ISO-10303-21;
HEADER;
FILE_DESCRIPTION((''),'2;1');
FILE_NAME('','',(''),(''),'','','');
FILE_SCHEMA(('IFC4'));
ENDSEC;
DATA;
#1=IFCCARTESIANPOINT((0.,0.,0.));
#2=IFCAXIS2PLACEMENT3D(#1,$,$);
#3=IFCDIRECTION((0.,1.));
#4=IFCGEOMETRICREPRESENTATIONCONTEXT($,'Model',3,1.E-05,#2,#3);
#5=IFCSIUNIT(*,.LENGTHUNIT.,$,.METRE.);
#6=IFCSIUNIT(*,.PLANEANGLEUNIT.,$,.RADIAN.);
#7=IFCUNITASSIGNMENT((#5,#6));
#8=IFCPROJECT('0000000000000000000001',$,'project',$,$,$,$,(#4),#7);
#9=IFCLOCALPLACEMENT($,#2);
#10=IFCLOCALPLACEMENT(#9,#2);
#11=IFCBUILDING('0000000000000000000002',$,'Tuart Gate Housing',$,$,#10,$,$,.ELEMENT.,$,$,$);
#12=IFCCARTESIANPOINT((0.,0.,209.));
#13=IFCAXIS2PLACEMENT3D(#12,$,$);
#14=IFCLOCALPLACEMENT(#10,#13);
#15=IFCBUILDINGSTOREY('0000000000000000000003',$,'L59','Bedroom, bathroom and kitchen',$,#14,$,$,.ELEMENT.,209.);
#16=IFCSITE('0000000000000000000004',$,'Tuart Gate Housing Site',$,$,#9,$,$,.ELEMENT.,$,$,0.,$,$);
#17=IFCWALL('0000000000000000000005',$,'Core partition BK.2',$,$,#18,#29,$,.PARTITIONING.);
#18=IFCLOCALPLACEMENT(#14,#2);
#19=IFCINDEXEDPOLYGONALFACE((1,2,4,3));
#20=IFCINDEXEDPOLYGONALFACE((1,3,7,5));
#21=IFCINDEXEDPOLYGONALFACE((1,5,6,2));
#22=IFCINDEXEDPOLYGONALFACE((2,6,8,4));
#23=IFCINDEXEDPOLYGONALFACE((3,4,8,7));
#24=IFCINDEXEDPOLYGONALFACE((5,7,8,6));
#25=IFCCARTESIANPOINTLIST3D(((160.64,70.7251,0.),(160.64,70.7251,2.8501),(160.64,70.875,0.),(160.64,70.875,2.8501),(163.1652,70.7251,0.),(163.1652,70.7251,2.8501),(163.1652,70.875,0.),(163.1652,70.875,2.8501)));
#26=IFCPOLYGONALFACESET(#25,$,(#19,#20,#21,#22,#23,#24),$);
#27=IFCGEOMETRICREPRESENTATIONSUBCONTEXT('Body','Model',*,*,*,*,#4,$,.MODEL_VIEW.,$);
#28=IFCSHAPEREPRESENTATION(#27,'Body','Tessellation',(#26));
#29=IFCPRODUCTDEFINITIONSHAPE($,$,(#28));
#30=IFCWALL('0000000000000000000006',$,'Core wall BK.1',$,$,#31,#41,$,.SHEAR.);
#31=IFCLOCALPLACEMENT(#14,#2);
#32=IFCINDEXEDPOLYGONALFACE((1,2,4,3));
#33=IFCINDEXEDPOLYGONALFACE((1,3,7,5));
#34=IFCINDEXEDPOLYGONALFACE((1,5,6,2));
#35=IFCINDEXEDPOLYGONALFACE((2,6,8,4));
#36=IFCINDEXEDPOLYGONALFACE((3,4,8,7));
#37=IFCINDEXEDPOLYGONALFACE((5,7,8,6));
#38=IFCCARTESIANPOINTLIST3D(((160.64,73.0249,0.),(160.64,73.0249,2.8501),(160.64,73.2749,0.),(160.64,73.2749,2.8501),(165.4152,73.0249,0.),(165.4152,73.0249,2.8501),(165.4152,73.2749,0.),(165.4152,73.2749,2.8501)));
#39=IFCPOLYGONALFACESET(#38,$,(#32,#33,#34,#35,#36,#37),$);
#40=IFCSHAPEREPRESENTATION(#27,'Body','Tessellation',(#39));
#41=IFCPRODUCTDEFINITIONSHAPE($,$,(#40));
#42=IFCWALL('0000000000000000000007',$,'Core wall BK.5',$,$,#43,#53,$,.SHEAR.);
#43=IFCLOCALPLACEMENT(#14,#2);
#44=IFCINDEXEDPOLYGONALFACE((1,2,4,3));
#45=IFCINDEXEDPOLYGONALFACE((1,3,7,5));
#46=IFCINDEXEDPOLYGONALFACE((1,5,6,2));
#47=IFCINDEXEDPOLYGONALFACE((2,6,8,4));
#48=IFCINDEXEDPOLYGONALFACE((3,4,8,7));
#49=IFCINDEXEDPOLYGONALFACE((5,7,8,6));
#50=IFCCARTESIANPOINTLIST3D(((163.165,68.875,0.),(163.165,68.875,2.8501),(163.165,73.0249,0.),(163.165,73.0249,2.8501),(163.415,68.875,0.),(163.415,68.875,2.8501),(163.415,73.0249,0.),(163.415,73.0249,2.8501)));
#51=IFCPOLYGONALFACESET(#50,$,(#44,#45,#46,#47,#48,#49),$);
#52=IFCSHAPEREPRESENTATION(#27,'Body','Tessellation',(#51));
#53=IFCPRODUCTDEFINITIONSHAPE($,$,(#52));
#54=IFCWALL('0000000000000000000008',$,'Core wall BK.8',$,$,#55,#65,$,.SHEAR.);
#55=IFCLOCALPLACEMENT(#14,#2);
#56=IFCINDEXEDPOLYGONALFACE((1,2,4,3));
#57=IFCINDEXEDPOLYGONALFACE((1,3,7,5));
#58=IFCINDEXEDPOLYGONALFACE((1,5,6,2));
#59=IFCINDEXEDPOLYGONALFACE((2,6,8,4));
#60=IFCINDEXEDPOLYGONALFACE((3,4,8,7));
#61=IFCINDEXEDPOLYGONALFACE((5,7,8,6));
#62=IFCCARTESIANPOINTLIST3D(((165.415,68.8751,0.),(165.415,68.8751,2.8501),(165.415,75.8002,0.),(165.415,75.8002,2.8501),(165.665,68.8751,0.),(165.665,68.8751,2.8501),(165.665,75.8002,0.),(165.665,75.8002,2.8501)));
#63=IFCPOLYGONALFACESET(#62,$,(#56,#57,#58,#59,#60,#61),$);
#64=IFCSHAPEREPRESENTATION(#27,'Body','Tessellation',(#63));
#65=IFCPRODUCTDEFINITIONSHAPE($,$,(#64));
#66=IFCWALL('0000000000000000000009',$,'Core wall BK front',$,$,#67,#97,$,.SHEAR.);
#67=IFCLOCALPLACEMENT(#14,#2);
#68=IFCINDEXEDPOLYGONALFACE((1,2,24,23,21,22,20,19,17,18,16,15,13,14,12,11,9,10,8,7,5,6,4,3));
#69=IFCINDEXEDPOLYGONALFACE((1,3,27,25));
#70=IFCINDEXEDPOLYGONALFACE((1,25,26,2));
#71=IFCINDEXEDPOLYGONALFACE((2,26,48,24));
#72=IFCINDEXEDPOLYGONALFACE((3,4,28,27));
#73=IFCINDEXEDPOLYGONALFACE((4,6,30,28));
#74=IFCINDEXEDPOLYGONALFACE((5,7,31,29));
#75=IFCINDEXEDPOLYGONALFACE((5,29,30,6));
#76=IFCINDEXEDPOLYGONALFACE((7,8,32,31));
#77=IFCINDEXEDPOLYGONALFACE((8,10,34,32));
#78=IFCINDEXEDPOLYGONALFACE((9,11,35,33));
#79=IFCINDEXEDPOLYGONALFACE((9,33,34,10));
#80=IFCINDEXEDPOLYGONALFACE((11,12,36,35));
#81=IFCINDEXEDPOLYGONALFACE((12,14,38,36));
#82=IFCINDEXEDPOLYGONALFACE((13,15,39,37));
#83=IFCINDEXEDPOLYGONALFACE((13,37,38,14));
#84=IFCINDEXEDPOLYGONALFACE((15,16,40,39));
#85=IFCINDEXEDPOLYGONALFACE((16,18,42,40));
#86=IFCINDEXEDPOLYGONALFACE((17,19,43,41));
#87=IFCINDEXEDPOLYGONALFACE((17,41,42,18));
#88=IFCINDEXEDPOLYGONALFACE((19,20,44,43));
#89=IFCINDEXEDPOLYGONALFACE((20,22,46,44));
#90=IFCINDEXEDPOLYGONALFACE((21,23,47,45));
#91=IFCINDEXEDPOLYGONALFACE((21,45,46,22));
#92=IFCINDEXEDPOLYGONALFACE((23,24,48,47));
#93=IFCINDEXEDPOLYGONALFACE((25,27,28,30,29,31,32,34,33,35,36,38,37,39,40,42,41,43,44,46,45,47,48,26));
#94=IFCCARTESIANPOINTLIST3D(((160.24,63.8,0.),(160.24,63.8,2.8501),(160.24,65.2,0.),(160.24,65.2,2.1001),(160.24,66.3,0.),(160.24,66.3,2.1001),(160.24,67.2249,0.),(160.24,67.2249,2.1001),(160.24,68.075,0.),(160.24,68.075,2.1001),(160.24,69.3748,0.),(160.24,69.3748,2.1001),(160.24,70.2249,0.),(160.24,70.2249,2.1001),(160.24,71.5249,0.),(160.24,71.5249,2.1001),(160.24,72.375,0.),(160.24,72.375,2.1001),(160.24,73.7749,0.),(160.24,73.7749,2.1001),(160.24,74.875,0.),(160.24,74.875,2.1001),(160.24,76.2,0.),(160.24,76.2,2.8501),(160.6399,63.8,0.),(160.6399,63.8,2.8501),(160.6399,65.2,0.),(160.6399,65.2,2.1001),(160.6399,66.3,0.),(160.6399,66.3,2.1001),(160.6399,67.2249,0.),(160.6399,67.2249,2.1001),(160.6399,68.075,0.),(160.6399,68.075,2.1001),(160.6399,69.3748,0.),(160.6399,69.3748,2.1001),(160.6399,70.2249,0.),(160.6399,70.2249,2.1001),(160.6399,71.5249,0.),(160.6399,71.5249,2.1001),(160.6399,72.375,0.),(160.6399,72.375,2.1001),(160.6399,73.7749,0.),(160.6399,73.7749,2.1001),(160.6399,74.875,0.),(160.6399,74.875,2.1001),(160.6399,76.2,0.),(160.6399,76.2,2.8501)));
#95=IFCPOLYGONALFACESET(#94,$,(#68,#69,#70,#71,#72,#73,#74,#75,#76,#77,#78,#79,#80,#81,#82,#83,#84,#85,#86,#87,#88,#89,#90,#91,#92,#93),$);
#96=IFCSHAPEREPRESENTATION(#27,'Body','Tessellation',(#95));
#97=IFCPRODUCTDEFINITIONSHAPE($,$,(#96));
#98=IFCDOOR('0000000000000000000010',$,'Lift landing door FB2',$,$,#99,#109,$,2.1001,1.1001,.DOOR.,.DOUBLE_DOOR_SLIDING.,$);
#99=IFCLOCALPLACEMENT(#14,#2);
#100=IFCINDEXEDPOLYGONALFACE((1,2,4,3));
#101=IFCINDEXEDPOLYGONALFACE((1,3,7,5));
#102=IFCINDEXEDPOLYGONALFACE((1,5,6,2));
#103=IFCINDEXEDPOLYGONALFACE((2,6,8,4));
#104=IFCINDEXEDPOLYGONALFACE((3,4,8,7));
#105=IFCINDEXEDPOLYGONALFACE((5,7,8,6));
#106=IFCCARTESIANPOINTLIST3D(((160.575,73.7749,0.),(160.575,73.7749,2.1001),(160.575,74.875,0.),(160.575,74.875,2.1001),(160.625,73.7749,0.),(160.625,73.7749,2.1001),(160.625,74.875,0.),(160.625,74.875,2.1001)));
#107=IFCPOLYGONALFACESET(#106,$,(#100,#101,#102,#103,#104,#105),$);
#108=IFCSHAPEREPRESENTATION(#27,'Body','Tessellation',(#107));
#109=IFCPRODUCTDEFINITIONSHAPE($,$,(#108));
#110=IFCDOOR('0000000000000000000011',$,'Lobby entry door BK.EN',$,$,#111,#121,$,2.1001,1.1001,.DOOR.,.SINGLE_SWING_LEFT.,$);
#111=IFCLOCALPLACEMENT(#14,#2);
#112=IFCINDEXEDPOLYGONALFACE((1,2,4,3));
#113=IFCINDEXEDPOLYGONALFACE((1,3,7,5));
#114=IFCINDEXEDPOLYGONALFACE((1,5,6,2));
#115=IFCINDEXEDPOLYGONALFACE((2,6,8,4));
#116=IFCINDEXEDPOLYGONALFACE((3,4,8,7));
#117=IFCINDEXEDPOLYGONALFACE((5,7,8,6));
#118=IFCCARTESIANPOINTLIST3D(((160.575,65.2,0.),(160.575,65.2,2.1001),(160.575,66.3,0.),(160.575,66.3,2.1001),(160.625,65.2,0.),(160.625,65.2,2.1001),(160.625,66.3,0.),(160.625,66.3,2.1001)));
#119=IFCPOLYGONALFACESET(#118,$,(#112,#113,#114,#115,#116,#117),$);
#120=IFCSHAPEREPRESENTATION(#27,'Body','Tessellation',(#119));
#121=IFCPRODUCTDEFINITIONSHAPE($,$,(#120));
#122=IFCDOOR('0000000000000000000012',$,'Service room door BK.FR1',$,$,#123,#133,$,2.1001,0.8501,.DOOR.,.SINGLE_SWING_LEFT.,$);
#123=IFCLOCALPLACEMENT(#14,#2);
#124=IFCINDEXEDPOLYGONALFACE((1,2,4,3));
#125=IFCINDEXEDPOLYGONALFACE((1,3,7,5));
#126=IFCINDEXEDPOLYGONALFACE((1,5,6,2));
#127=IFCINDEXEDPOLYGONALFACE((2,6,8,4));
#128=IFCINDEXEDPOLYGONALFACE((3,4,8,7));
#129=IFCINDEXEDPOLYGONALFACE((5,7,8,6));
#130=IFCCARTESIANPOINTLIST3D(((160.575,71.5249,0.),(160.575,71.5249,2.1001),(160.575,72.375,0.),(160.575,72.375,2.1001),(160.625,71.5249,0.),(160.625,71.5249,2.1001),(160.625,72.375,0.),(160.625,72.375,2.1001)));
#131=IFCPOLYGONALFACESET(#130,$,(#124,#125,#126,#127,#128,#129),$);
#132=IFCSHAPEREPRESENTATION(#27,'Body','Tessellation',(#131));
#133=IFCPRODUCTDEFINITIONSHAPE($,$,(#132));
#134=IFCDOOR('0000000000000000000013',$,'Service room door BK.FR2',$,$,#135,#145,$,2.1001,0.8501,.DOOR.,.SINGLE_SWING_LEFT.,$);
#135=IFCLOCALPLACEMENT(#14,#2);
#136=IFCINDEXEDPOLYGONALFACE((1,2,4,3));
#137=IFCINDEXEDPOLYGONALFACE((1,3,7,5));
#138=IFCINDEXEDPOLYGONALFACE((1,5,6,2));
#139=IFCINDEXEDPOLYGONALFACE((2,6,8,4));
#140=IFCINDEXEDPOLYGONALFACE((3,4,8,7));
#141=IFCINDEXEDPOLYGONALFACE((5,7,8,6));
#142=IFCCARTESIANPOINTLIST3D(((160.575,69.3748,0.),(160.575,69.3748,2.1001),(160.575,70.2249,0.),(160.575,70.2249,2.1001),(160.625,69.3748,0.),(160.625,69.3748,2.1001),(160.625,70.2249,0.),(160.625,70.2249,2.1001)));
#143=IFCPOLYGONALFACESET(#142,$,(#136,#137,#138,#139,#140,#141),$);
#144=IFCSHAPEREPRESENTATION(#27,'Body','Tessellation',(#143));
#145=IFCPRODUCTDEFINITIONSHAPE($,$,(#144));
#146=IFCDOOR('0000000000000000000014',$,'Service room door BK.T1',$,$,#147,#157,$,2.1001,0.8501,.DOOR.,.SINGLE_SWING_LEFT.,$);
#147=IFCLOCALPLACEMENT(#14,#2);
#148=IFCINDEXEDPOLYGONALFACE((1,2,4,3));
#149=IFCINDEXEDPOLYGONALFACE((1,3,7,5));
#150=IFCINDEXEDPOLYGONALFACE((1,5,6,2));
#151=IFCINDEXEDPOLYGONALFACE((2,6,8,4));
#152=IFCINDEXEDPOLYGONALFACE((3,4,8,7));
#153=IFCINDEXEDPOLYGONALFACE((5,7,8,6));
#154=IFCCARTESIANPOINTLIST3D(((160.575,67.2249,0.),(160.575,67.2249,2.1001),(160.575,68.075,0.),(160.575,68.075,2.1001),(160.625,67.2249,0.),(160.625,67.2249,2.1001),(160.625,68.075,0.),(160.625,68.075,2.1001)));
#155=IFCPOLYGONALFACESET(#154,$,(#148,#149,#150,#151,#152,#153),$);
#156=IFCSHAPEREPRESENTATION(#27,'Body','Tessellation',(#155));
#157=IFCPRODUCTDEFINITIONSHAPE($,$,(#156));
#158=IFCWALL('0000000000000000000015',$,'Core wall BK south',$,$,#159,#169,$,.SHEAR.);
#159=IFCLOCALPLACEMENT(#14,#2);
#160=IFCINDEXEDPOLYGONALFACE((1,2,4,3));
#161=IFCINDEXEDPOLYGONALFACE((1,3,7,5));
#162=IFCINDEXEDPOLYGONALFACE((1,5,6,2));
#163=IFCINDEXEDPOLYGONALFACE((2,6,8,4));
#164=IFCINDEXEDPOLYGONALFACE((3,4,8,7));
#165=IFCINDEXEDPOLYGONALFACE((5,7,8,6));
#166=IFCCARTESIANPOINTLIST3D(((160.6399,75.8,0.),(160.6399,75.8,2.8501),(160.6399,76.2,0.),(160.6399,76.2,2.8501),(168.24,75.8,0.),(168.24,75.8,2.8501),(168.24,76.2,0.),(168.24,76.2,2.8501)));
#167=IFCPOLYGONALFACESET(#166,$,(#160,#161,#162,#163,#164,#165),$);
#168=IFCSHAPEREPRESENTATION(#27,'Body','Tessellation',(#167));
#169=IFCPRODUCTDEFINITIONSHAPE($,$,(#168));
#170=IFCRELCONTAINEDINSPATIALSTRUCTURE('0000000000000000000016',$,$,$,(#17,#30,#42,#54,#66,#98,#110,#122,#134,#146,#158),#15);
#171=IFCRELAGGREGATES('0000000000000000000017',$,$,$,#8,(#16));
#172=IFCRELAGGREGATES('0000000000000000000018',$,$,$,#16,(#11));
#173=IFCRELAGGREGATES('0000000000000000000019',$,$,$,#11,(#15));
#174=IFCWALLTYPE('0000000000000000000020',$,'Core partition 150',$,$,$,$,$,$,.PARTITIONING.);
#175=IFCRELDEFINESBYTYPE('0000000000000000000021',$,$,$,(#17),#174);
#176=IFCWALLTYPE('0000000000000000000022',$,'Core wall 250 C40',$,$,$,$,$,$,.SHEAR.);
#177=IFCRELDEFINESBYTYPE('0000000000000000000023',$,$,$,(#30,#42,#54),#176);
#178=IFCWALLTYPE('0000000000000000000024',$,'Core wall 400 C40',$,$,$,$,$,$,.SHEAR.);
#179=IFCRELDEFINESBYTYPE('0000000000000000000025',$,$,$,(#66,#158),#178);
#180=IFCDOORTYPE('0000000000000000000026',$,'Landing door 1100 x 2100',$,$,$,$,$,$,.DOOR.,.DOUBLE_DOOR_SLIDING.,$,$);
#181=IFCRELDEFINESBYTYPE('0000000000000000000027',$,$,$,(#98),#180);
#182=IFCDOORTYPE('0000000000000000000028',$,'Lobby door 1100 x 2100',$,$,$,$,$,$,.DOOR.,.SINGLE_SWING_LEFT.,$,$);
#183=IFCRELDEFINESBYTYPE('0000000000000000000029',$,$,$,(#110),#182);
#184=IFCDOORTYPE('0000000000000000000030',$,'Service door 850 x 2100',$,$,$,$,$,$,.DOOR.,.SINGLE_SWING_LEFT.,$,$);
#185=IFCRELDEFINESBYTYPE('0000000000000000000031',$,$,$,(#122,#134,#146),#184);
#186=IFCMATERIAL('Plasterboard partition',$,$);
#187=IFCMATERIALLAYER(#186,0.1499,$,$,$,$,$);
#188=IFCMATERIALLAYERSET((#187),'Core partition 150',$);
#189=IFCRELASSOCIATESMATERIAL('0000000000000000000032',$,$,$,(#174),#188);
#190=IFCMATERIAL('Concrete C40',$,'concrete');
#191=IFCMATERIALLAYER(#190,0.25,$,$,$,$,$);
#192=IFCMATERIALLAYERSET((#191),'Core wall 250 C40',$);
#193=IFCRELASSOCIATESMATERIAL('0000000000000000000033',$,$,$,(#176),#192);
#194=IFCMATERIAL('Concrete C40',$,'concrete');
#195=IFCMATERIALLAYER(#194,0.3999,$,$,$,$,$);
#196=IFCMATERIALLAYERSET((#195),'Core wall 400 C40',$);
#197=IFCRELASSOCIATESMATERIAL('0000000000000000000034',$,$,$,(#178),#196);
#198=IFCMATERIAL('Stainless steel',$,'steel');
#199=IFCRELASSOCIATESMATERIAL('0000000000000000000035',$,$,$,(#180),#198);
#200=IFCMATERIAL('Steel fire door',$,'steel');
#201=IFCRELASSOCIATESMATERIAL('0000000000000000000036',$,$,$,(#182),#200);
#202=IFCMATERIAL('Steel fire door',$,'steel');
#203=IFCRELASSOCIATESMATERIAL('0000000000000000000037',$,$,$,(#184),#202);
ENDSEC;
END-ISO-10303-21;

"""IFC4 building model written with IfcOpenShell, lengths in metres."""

from ifc_helpers import new_model, si_unit, direction, frame, frame_2d, origin, place, context, subcontext, project, spatial, rectangle, extrude, material, layer, layer_set, type_object, element, fill, save


model = new_model("IFC4")

# Units and contexts
model_context = context("Model", 3, precision=1e-05, world=origin(), true_north=direction((0.0, 1.0)))
body_context = subcontext(model_context, "Body", "Model", "MODEL_VIEW")
ifc_project = project(units=[si_unit("LENGTHUNIT", "METRE"), si_unit("PLANEANGLEUNIT", "RADIAN")], contexts=[model_context])

# Site, building, storey
site_placement = place(None, origin())
site = spatial("IfcSite", under=ifc_project, at=site_placement, Name="Tuart Gate Housing Site", CompositionType="ELEMENT", RefElevation=0.0)
building_placement = place(site_placement, origin())
building = spatial("IfcBuilding", under=site, at=building_placement, Name="Tuart Gate Housing", CompositionType="ELEMENT")
storey_placement = place(building_placement, frame((0.0, 0.0, 209.0)))
storey = spatial("IfcBuildingStorey", under=building, at=storey_placement, Name="L59", Description="Bedroom, bathroom and kitchen", CompositionType="ELEMENT", Elevation=209.0)

# Walls
ifc_material_1 = material(Name="Plasterboard partition")
ifc_layer_1 = layer(ifc_material_1, 0.1499)
ifc_layer_set_1 = layer_set([ifc_layer_1], Name="Core partition 150")
wall_type_1 = type_object("IfcWallType", Name="Core partition 150", PredefinedType="PARTITIONING", material=ifc_layer_set_1)
wall_1_placement = place(storey_placement, frame((160.6399, 70.8, 0.0), z_axis=(0.0, 0.0, 1.0), x_axis=(1.0, 0.0, 0.0)))
element("IfcWall", 1, at=wall_1_placement, inside=storey, type_object=wall_type_1, Name="Core partition BK.2", PredefinedType="PARTITIONING", context=body_context, shape_type="SweptSolid", body=[
    extrude(rectangle(XDim=2.5251, YDim=0.1499, at=frame_2d((1.2627, 0.0))), origin(), (0.0, 0.0, 1.0), 2.8501),
])
ifc_material_2 = material(Name="Concrete C40", Category="concrete")
ifc_layer_2 = layer(ifc_material_2, 0.25)
ifc_layer_set_2 = layer_set([ifc_layer_2], Name="Core wall 250 C40")
wall_type_2 = type_object("IfcWallType", Name="Core wall 250 C40", PredefinedType="SHEAR", material=ifc_layer_set_2)
wall_2_placement = place(storey_placement, frame((160.6399, 73.1499, 0.0), z_axis=(0.0, 0.0, 1.0), x_axis=(1.0, 0.0, 0.0)))
element("IfcWall", 2, at=wall_2_placement, inside=storey, type_object=wall_type_2, Name="Core wall BK.1", PredefinedType="SHEAR", context=body_context, shape_type="SweptSolid", body=[
    extrude(rectangle(XDim=4.7751, YDim=0.25, at=frame_2d((2.3877, 0.0))), origin(), (0.0, 0.0, 1.0), 2.8501),
])
wall_3_placement = place(storey_placement, frame((163.29, 73.0249, 0.0), z_axis=(0.0, 0.0, 1.0), x_axis=(0.0, -1.0, 0.0)))
element("IfcWall", 3, at=wall_3_placement, inside=storey, type_object=wall_type_2, Name="Core wall BK.5", PredefinedType="SHEAR", context=body_context, shape_type="SweptSolid", body=[
    extrude(rectangle(XDim=4.1499, YDim=0.25, at=frame_2d((2.075, 0.0))), origin(), (0.0, 0.0, 1.0), 2.8501),
])
wall_4_placement = place(storey_placement, frame((165.54, 75.8, 0.0), z_axis=(0.0, 0.0, 1.0), x_axis=(0.0, -1.0, 0.0)))
element("IfcWall", 4, at=wall_4_placement, inside=storey, type_object=wall_type_2, Name="Core wall BK.8", PredefinedType="SHEAR", context=body_context, shape_type="SweptSolid", body=[
    extrude(rectangle(XDim=6.925, YDim=0.25, at=frame_2d((3.4624, 0.0))), origin(), (0.0, 0.0, 1.0), 2.8501),
])

# Wall, openings, doors
ifc_material_3 = material(Name="Concrete C40", Category="concrete")
ifc_layer_3 = layer(ifc_material_3, 0.3999)
ifc_layer_set_3 = layer_set([ifc_layer_3], Name="Core wall 400 C40")
wall_type_3 = type_object("IfcWallType", Name="Core wall 400 C40", PredefinedType="SHEAR", material=ifc_layer_set_3)
wall_5_placement = place(storey_placement, frame((160.4399, 76.2, 0.0), z_axis=(0.0, 0.0, 1.0), x_axis=(0.0, -1.0, 0.0)))
wall_5 = element("IfcWall", 5, at=wall_5_placement, inside=storey, type_object=wall_type_3, Name="Core wall BK front", PredefinedType="SHEAR", context=body_context, shape_type="SweptSolid", body=[
    extrude(rectangle(XDim=12.3999, YDim=0.3999, at=frame_2d((6.2, 0.0))), origin(), (0.0, 0.0, 1.0), 2.8501),
])
opening_1_placement = place(wall_5_placement, frame((1.325, 0.0, 0.0)))
opening_1 = element("IfcOpeningElement", 6, at=opening_1_placement, cuts=wall_5, PredefinedType="OPENING", context=body_context, shape_type="SweptSolid", body=[
    extrude(rectangle(XDim=1.1001, YDim=2.1001, at=frame_2d((0.55, 1.05))), frame((0.0, 0.21, 0.0), z_axis=(0.0, -1.0, 0.0), x_axis=(1.0, 0.0, 0.0)), (0.0, 0.0, 1.0), 0.4199),
])
opening_2_placement = place(wall_5_placement, frame((3.825, 0.0, 0.0)))
opening_2 = element("IfcOpeningElement", 7, at=opening_2_placement, cuts=wall_5, PredefinedType="OPENING", context=body_context, shape_type="SweptSolid", body=[
    extrude(rectangle(XDim=0.8501, YDim=2.1001, at=frame_2d((0.425, 1.05))), frame((0.0, 0.21, 0.0), z_axis=(0.0, -1.0, 0.0), x_axis=(1.0, 0.0, 0.0)), (0.0, 0.0, 1.0), 0.4199),
])
opening_3_placement = place(wall_5_placement, frame((5.9751, 0.0, 0.0)))
opening_3 = element("IfcOpeningElement", 8, at=opening_3_placement, cuts=wall_5, PredefinedType="OPENING", context=body_context, shape_type="SweptSolid", body=[
    extrude(rectangle(XDim=0.8501, YDim=2.1001, at=frame_2d((0.425, 1.05))), frame((0.0, 0.21, 0.0), z_axis=(0.0, -1.0, 0.0), x_axis=(1.0, 0.0, 0.0)), (0.0, 0.0, 1.0), 0.4199),
])
opening_4_placement = place(wall_5_placement, frame((9.8999, 0.0, 0.0)))
opening_4 = element("IfcOpeningElement", 9, at=opening_4_placement, cuts=wall_5, PredefinedType="OPENING", context=body_context, shape_type="SweptSolid", body=[
    extrude(rectangle(XDim=1.1001, YDim=2.1001, at=frame_2d((0.55, 1.05))), frame((0.0, 0.21, 0.0), z_axis=(0.0, -1.0, 0.0), x_axis=(1.0, 0.0, 0.0)), (0.0, 0.0, 1.0), 0.4199),
])
opening_5_placement = place(wall_5_placement, frame((8.125, 0.0, 0.0)))
opening_5 = element("IfcOpeningElement", 10, at=opening_5_placement, cuts=wall_5, PredefinedType="OPENING", context=body_context, shape_type="SweptSolid", body=[
    extrude(rectangle(XDim=0.8501, YDim=2.1001, at=frame_2d((0.425, 1.05))), frame((0.0, 0.21, 0.0), z_axis=(0.0, -1.0, 0.0), x_axis=(1.0, 0.0, 0.0)), (0.0, 0.0, 1.0), 0.4199),
])
ifc_material_4 = material(Name="Stainless steel", Category="steel")
door_type_1 = type_object("IfcDoorType", Name="Landing door 1100 x 2100", OperationType="DOUBLE_DOOR_SLIDING", PredefinedType="DOOR", material=ifc_material_4)
door_1_placement = place(opening_1_placement, origin())
door_1 = element("IfcDoor", 11, at=door_1_placement, inside=storey, type_object=door_type_1, Name="Lift landing door FB2", OperationType="DOUBLE_DOOR_SLIDING", OverallHeight=2.1001, OverallWidth=1.1001, PredefinedType="DOOR", context=body_context, shape_type="SweptSolid", body=[
    extrude(rectangle(XDim=1.1001, YDim=2.1001, at=frame_2d((0.55, 1.05))), frame((0.0, 0.1851, 0.0), z_axis=(0.0, -1.0, 0.0), x_axis=(1.0, 0.0, 0.0)), (0.0, 0.0, 1.0), 0.05),
])
fill(opening_1, door_1)
ifc_material_5 = material(Name="Steel fire door", Category="steel")
door_type_2 = type_object("IfcDoorType", Name="Lobby door 1100 x 2100", OperationType="SINGLE_SWING_LEFT", PredefinedType="DOOR", material=ifc_material_5)
door_2_placement = place(opening_4_placement, origin())
door_2 = element("IfcDoor", 12, at=door_2_placement, inside=storey, type_object=door_type_2, Name="Lobby entry door BK.EN", OperationType="SINGLE_SWING_LEFT", OverallHeight=2.1001, OverallWidth=1.1001, PredefinedType="DOOR", context=body_context, shape_type="SweptSolid", body=[
    extrude(rectangle(XDim=1.1001, YDim=2.1001, at=frame_2d((0.55, 1.05))), frame((0.0, 0.1851, 0.0), z_axis=(0.0, -1.0, 0.0), x_axis=(1.0, 0.0, 0.0)), (0.0, 0.0, 1.0), 0.05),
])
fill(opening_4, door_2)
ifc_material_6 = material(Name="Steel fire door", Category="steel")
door_type_3 = type_object("IfcDoorType", Name="Service door 850 x 2100", OperationType="SINGLE_SWING_LEFT", PredefinedType="DOOR", material=ifc_material_6)
door_3_placement = place(opening_2_placement, origin())
door_3 = element("IfcDoor", 13, at=door_3_placement, inside=storey, type_object=door_type_3, Name="Service room door BK.FR1", OperationType="SINGLE_SWING_LEFT", OverallHeight=2.1001, OverallWidth=0.8501, PredefinedType="DOOR", context=body_context, shape_type="SweptSolid", body=[
    extrude(rectangle(XDim=0.8501, YDim=2.1001, at=frame_2d((0.425, 1.05))), frame((0.0, 0.1851, 0.0), z_axis=(0.0, -1.0, 0.0), x_axis=(1.0, 0.0, 0.0)), (0.0, 0.0, 1.0), 0.05),
])
fill(opening_2, door_3)
door_4_placement = place(opening_3_placement, origin())
door_4 = element("IfcDoor", 14, at=door_4_placement, inside=storey, type_object=door_type_3, Name="Service room door BK.FR2", OperationType="SINGLE_SWING_LEFT", OverallHeight=2.1001, OverallWidth=0.8501, PredefinedType="DOOR", context=body_context, shape_type="SweptSolid", body=[
    extrude(rectangle(XDim=0.8501, YDim=2.1001, at=frame_2d((0.425, 1.05))), frame((0.0, 0.1851, 0.0), z_axis=(0.0, -1.0, 0.0), x_axis=(1.0, 0.0, 0.0)), (0.0, 0.0, 1.0), 0.05),
])
fill(opening_3, door_4)
door_5_placement = place(opening_5_placement, origin())
door_5 = element("IfcDoor", 15, at=door_5_placement, inside=storey, type_object=door_type_3, Name="Service room door BK.T1", OperationType="SINGLE_SWING_LEFT", OverallHeight=2.1001, OverallWidth=0.8501, PredefinedType="DOOR", context=body_context, shape_type="SweptSolid", body=[
    extrude(rectangle(XDim=0.8501, YDim=2.1001, at=frame_2d((0.425, 1.05))), frame((0.0, 0.1851, 0.0), z_axis=(0.0, -1.0, 0.0), x_axis=(1.0, 0.0, 0.0)), (0.0, 0.0, 1.0), 0.05),
])
fill(opening_5, door_5)

# Wall
wall_6_placement = place(storey_placement, frame((160.6399, 76.0, 0.0), z_axis=(0.0, 0.0, 1.0), x_axis=(1.0, 0.0, 0.0)))
element("IfcWall", 16, at=wall_6_placement, inside=storey, type_object=wall_type_3, Name="Core wall BK south", PredefinedType="SHEAR", context=body_context, shape_type="SweptSolid", body=[
    extrude(rectangle(XDim=7.6001, YDim=0.3999, at=frame_2d((3.8, 0.0))), origin(), (0.0, 0.0, 1.0), 2.8501),
])

save(model, "model.ifc")
